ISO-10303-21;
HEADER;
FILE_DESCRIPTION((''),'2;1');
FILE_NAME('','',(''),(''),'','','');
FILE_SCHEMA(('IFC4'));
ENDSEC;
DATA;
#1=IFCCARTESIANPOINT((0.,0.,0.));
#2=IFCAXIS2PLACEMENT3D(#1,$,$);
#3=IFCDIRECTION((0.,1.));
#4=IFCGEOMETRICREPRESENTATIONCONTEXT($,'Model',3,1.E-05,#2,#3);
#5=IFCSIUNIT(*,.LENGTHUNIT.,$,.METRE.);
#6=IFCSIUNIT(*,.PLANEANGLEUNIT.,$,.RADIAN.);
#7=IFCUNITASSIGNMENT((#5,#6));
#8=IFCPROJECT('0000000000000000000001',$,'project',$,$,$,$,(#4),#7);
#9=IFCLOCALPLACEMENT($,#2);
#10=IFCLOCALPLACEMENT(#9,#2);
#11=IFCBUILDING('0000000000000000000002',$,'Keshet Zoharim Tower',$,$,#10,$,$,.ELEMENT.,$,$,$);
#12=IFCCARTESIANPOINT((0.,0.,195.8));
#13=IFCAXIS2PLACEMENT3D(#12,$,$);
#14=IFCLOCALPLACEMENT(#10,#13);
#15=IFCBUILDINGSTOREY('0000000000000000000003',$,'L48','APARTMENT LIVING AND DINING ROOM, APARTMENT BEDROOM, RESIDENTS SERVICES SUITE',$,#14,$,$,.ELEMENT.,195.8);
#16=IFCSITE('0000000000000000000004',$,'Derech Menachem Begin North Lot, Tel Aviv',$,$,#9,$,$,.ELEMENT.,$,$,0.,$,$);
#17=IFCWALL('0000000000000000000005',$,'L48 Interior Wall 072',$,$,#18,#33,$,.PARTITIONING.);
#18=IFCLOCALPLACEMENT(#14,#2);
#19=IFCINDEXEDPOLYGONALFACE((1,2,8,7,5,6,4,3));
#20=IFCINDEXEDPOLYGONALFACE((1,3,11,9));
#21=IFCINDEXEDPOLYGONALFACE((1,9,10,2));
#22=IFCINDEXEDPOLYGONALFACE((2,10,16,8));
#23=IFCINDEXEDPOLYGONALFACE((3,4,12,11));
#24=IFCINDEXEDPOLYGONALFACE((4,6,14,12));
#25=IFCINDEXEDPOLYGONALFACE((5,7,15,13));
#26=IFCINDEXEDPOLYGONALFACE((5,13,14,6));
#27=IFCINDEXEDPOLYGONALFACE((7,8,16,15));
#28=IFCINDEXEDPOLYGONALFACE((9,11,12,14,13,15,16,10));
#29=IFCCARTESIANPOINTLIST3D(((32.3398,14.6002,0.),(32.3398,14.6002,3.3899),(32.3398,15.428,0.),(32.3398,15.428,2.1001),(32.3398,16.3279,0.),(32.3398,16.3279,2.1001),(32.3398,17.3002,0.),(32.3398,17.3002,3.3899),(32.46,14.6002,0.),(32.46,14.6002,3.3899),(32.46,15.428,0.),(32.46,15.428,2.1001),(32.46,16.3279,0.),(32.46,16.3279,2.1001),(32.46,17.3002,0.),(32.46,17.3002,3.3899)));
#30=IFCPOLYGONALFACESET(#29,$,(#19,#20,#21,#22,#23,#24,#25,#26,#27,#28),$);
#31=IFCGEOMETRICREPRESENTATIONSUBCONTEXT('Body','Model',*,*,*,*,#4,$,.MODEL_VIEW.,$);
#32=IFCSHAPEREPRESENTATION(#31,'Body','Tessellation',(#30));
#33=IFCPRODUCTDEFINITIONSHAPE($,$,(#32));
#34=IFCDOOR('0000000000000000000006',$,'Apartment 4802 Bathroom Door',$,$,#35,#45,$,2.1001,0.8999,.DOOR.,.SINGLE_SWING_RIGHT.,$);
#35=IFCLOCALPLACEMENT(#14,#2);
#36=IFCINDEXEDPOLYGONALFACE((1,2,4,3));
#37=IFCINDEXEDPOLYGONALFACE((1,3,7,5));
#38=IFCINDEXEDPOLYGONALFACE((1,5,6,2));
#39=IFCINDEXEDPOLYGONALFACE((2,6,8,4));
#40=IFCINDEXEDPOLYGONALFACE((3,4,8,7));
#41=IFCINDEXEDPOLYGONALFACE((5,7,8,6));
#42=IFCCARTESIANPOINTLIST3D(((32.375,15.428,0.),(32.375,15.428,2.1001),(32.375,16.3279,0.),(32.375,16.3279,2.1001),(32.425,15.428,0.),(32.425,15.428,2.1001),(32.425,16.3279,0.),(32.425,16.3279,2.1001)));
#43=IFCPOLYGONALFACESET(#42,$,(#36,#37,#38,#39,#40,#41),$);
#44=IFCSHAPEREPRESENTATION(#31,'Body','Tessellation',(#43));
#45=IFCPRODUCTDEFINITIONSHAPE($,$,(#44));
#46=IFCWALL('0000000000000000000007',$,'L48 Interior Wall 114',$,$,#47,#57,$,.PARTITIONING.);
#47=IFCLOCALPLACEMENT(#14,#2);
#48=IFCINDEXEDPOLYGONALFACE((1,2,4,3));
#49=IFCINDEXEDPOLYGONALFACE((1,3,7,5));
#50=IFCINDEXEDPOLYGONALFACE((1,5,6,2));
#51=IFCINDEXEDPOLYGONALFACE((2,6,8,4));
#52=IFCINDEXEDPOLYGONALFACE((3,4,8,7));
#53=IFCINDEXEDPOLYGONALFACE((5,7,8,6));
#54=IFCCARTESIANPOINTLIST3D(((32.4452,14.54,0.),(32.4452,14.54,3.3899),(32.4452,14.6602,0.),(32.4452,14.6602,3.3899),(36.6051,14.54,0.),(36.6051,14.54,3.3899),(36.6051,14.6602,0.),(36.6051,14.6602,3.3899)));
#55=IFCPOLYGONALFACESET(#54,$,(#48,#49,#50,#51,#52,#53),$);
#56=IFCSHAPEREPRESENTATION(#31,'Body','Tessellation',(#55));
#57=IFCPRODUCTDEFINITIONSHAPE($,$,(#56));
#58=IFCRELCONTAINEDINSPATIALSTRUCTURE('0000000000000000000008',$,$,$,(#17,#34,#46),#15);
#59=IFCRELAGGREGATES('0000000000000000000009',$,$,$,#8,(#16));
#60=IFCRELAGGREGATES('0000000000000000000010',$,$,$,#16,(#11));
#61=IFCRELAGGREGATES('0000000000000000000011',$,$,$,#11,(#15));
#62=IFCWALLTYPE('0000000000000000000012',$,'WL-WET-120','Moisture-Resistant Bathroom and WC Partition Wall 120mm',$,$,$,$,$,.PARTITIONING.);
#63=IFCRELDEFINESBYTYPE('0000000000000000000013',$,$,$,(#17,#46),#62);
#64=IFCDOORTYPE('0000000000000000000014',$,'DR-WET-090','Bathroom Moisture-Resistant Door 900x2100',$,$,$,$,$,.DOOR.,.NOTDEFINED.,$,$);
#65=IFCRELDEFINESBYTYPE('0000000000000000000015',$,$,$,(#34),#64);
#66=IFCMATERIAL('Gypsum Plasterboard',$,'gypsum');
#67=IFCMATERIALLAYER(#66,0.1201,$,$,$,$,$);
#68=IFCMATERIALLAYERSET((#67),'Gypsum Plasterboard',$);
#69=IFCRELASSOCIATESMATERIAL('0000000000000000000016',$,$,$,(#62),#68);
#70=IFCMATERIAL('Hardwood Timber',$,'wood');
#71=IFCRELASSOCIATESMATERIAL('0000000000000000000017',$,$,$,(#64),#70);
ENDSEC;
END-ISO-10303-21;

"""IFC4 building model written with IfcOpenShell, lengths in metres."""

from ifc_helpers import new_model, si_unit, direction, frame, frame_2d, origin, place, context, subcontext, project, spatial, rectangle, extrude, material, layer, layer_set, type_object, element, fill, save


model = new_model("IFC4")

# Units and contexts
model_context = context("Model", 3, precision=1e-05, world=origin(), true_north=direction((0.0, 1.0)))
body_context = subcontext(model_context, "Body", "Model", "MODEL_VIEW")
ifc_project = project(units=[si_unit("LENGTHUNIT", "METRE"), si_unit("PLANEANGLEUNIT", "RADIAN")], contexts=[model_context])

# Site, building, storey
site_placement = place(None, origin())
site = spatial("IfcSite", under=ifc_project, at=site_placement, Name="Derech Menachem Begin North Lot, Tel Aviv", CompositionType="ELEMENT", RefElevation=0.0)
building_placement = place(site_placement, origin())
building = spatial("IfcBuilding", under=site, at=building_placement, Name="Keshet Zoharim Tower", CompositionType="ELEMENT")
storey_placement = place(building_placement, frame((0.0, 0.0, 195.8)))
storey = spatial("IfcBuildingStorey", under=building, at=storey_placement, Name="L48", Description="APARTMENT LIVING AND DINING ROOM, APARTMENT BEDROOM, RESIDENTS SERVICES SUITE", CompositionType="ELEMENT", Elevation=195.8)

# Shared definitions
ifc_material_1 = material(Name="Hardwood Timber", Category="wood")

# Shared definitions
ifc_material_2 = material(Name="Gypsum Plasterboard", Category="gypsum")

# Wall, opening, door
ifc_layer_1 = layer(ifc_material_2, 0.1201)
ifc_layer_set_1 = layer_set([ifc_layer_1], Name="Gypsum Plasterboard")
wall_type_1 = type_object("IfcWallType", Name="WL-WET-120", Description="Moisture-Resistant Bathroom and WC Partition Wall 120mm", PredefinedType="PARTITIONING", material=ifc_layer_set_1)
wall_1_placement = place(storey_placement, frame((32.3999, 14.6001, 0.0), z_axis=(0.0, 0.0, 1.0), x_axis=(0.0, 1.0, 0.0)))
wall_1 = element("IfcWall", 1, at=wall_1_placement, inside=storey, type_object=wall_type_1, Name="L48 Interior Wall 072", PredefinedType="PARTITIONING", context=body_context, shape_type="SweptSolid", body=[
    extrude(rectangle(XDim=2.7, YDim=0.1201, at=frame_2d((1.3501, 0.0))), origin(), (0.0, 0.0, 1.0), 3.3899),
])
opening_1_placement = place(wall_1_placement, frame((0.8279, 0.0, 0.0)))
opening_1 = element("IfcOpeningElement", 2, at=opening_1_placement, cuts=wall_1, PredefinedType="OPENING", context=body_context, shape_type="SweptSolid", body=[
    extrude(rectangle(XDim=0.8999, YDim=2.1001, at=frame_2d((0.45, 1.05))), frame((0.0, 0.0701, 0.0), z_axis=(0.0, -1.0, 0.0), x_axis=(1.0, 0.0, 0.0)), (0.0, 0.0, 1.0), 0.1401),
])
door_type_1 = type_object("IfcDoorType", Name="DR-WET-090", Description="Bathroom Moisture-Resistant Door 900x2100", OperationType="NOTDEFINED", PredefinedType="DOOR", material=ifc_material_1)
door_1_placement = place(opening_1_placement, origin())
door_1 = element("IfcDoor", 3, at=door_1_placement, inside=storey, type_object=door_type_1, Name="Apartment 4802 Bathroom Door", OperationType="SINGLE_SWING_RIGHT", OverallHeight=2.1001, OverallWidth=0.8999, PredefinedType="DOOR", context=body_context, shape_type="SweptSolid", body=[
    extrude(rectangle(XDim=0.8999, YDim=2.1001, at=frame_2d((0.45, 1.05))), frame((0.0, 0.0249, 0.0), z_axis=(0.0, -1.0, 0.0), x_axis=(1.0, 0.0, 0.0)), (0.0, 0.0, 1.0), 0.05),
])
fill(opening_1, door_1)

# Wall
wall_2_placement = place(storey_placement, frame((32.4451, 14.6001, 0.0), z_axis=(0.0, 0.0, 1.0), x_axis=(1.0, 0.0, 0.0)))
element("IfcWall", 4, at=wall_2_placement, inside=storey, type_object=wall_type_1, Name="L48 Interior Wall 114", PredefinedType="PARTITIONING", context=body_context, shape_type="SweptSolid", body=[
    extrude(rectangle(XDim=4.1599, YDim=0.1201, at=frame_2d((2.0801, 0.0))), origin(), (0.0, 0.0, 1.0), 3.3899),
])

save(model, "model.ifc")
